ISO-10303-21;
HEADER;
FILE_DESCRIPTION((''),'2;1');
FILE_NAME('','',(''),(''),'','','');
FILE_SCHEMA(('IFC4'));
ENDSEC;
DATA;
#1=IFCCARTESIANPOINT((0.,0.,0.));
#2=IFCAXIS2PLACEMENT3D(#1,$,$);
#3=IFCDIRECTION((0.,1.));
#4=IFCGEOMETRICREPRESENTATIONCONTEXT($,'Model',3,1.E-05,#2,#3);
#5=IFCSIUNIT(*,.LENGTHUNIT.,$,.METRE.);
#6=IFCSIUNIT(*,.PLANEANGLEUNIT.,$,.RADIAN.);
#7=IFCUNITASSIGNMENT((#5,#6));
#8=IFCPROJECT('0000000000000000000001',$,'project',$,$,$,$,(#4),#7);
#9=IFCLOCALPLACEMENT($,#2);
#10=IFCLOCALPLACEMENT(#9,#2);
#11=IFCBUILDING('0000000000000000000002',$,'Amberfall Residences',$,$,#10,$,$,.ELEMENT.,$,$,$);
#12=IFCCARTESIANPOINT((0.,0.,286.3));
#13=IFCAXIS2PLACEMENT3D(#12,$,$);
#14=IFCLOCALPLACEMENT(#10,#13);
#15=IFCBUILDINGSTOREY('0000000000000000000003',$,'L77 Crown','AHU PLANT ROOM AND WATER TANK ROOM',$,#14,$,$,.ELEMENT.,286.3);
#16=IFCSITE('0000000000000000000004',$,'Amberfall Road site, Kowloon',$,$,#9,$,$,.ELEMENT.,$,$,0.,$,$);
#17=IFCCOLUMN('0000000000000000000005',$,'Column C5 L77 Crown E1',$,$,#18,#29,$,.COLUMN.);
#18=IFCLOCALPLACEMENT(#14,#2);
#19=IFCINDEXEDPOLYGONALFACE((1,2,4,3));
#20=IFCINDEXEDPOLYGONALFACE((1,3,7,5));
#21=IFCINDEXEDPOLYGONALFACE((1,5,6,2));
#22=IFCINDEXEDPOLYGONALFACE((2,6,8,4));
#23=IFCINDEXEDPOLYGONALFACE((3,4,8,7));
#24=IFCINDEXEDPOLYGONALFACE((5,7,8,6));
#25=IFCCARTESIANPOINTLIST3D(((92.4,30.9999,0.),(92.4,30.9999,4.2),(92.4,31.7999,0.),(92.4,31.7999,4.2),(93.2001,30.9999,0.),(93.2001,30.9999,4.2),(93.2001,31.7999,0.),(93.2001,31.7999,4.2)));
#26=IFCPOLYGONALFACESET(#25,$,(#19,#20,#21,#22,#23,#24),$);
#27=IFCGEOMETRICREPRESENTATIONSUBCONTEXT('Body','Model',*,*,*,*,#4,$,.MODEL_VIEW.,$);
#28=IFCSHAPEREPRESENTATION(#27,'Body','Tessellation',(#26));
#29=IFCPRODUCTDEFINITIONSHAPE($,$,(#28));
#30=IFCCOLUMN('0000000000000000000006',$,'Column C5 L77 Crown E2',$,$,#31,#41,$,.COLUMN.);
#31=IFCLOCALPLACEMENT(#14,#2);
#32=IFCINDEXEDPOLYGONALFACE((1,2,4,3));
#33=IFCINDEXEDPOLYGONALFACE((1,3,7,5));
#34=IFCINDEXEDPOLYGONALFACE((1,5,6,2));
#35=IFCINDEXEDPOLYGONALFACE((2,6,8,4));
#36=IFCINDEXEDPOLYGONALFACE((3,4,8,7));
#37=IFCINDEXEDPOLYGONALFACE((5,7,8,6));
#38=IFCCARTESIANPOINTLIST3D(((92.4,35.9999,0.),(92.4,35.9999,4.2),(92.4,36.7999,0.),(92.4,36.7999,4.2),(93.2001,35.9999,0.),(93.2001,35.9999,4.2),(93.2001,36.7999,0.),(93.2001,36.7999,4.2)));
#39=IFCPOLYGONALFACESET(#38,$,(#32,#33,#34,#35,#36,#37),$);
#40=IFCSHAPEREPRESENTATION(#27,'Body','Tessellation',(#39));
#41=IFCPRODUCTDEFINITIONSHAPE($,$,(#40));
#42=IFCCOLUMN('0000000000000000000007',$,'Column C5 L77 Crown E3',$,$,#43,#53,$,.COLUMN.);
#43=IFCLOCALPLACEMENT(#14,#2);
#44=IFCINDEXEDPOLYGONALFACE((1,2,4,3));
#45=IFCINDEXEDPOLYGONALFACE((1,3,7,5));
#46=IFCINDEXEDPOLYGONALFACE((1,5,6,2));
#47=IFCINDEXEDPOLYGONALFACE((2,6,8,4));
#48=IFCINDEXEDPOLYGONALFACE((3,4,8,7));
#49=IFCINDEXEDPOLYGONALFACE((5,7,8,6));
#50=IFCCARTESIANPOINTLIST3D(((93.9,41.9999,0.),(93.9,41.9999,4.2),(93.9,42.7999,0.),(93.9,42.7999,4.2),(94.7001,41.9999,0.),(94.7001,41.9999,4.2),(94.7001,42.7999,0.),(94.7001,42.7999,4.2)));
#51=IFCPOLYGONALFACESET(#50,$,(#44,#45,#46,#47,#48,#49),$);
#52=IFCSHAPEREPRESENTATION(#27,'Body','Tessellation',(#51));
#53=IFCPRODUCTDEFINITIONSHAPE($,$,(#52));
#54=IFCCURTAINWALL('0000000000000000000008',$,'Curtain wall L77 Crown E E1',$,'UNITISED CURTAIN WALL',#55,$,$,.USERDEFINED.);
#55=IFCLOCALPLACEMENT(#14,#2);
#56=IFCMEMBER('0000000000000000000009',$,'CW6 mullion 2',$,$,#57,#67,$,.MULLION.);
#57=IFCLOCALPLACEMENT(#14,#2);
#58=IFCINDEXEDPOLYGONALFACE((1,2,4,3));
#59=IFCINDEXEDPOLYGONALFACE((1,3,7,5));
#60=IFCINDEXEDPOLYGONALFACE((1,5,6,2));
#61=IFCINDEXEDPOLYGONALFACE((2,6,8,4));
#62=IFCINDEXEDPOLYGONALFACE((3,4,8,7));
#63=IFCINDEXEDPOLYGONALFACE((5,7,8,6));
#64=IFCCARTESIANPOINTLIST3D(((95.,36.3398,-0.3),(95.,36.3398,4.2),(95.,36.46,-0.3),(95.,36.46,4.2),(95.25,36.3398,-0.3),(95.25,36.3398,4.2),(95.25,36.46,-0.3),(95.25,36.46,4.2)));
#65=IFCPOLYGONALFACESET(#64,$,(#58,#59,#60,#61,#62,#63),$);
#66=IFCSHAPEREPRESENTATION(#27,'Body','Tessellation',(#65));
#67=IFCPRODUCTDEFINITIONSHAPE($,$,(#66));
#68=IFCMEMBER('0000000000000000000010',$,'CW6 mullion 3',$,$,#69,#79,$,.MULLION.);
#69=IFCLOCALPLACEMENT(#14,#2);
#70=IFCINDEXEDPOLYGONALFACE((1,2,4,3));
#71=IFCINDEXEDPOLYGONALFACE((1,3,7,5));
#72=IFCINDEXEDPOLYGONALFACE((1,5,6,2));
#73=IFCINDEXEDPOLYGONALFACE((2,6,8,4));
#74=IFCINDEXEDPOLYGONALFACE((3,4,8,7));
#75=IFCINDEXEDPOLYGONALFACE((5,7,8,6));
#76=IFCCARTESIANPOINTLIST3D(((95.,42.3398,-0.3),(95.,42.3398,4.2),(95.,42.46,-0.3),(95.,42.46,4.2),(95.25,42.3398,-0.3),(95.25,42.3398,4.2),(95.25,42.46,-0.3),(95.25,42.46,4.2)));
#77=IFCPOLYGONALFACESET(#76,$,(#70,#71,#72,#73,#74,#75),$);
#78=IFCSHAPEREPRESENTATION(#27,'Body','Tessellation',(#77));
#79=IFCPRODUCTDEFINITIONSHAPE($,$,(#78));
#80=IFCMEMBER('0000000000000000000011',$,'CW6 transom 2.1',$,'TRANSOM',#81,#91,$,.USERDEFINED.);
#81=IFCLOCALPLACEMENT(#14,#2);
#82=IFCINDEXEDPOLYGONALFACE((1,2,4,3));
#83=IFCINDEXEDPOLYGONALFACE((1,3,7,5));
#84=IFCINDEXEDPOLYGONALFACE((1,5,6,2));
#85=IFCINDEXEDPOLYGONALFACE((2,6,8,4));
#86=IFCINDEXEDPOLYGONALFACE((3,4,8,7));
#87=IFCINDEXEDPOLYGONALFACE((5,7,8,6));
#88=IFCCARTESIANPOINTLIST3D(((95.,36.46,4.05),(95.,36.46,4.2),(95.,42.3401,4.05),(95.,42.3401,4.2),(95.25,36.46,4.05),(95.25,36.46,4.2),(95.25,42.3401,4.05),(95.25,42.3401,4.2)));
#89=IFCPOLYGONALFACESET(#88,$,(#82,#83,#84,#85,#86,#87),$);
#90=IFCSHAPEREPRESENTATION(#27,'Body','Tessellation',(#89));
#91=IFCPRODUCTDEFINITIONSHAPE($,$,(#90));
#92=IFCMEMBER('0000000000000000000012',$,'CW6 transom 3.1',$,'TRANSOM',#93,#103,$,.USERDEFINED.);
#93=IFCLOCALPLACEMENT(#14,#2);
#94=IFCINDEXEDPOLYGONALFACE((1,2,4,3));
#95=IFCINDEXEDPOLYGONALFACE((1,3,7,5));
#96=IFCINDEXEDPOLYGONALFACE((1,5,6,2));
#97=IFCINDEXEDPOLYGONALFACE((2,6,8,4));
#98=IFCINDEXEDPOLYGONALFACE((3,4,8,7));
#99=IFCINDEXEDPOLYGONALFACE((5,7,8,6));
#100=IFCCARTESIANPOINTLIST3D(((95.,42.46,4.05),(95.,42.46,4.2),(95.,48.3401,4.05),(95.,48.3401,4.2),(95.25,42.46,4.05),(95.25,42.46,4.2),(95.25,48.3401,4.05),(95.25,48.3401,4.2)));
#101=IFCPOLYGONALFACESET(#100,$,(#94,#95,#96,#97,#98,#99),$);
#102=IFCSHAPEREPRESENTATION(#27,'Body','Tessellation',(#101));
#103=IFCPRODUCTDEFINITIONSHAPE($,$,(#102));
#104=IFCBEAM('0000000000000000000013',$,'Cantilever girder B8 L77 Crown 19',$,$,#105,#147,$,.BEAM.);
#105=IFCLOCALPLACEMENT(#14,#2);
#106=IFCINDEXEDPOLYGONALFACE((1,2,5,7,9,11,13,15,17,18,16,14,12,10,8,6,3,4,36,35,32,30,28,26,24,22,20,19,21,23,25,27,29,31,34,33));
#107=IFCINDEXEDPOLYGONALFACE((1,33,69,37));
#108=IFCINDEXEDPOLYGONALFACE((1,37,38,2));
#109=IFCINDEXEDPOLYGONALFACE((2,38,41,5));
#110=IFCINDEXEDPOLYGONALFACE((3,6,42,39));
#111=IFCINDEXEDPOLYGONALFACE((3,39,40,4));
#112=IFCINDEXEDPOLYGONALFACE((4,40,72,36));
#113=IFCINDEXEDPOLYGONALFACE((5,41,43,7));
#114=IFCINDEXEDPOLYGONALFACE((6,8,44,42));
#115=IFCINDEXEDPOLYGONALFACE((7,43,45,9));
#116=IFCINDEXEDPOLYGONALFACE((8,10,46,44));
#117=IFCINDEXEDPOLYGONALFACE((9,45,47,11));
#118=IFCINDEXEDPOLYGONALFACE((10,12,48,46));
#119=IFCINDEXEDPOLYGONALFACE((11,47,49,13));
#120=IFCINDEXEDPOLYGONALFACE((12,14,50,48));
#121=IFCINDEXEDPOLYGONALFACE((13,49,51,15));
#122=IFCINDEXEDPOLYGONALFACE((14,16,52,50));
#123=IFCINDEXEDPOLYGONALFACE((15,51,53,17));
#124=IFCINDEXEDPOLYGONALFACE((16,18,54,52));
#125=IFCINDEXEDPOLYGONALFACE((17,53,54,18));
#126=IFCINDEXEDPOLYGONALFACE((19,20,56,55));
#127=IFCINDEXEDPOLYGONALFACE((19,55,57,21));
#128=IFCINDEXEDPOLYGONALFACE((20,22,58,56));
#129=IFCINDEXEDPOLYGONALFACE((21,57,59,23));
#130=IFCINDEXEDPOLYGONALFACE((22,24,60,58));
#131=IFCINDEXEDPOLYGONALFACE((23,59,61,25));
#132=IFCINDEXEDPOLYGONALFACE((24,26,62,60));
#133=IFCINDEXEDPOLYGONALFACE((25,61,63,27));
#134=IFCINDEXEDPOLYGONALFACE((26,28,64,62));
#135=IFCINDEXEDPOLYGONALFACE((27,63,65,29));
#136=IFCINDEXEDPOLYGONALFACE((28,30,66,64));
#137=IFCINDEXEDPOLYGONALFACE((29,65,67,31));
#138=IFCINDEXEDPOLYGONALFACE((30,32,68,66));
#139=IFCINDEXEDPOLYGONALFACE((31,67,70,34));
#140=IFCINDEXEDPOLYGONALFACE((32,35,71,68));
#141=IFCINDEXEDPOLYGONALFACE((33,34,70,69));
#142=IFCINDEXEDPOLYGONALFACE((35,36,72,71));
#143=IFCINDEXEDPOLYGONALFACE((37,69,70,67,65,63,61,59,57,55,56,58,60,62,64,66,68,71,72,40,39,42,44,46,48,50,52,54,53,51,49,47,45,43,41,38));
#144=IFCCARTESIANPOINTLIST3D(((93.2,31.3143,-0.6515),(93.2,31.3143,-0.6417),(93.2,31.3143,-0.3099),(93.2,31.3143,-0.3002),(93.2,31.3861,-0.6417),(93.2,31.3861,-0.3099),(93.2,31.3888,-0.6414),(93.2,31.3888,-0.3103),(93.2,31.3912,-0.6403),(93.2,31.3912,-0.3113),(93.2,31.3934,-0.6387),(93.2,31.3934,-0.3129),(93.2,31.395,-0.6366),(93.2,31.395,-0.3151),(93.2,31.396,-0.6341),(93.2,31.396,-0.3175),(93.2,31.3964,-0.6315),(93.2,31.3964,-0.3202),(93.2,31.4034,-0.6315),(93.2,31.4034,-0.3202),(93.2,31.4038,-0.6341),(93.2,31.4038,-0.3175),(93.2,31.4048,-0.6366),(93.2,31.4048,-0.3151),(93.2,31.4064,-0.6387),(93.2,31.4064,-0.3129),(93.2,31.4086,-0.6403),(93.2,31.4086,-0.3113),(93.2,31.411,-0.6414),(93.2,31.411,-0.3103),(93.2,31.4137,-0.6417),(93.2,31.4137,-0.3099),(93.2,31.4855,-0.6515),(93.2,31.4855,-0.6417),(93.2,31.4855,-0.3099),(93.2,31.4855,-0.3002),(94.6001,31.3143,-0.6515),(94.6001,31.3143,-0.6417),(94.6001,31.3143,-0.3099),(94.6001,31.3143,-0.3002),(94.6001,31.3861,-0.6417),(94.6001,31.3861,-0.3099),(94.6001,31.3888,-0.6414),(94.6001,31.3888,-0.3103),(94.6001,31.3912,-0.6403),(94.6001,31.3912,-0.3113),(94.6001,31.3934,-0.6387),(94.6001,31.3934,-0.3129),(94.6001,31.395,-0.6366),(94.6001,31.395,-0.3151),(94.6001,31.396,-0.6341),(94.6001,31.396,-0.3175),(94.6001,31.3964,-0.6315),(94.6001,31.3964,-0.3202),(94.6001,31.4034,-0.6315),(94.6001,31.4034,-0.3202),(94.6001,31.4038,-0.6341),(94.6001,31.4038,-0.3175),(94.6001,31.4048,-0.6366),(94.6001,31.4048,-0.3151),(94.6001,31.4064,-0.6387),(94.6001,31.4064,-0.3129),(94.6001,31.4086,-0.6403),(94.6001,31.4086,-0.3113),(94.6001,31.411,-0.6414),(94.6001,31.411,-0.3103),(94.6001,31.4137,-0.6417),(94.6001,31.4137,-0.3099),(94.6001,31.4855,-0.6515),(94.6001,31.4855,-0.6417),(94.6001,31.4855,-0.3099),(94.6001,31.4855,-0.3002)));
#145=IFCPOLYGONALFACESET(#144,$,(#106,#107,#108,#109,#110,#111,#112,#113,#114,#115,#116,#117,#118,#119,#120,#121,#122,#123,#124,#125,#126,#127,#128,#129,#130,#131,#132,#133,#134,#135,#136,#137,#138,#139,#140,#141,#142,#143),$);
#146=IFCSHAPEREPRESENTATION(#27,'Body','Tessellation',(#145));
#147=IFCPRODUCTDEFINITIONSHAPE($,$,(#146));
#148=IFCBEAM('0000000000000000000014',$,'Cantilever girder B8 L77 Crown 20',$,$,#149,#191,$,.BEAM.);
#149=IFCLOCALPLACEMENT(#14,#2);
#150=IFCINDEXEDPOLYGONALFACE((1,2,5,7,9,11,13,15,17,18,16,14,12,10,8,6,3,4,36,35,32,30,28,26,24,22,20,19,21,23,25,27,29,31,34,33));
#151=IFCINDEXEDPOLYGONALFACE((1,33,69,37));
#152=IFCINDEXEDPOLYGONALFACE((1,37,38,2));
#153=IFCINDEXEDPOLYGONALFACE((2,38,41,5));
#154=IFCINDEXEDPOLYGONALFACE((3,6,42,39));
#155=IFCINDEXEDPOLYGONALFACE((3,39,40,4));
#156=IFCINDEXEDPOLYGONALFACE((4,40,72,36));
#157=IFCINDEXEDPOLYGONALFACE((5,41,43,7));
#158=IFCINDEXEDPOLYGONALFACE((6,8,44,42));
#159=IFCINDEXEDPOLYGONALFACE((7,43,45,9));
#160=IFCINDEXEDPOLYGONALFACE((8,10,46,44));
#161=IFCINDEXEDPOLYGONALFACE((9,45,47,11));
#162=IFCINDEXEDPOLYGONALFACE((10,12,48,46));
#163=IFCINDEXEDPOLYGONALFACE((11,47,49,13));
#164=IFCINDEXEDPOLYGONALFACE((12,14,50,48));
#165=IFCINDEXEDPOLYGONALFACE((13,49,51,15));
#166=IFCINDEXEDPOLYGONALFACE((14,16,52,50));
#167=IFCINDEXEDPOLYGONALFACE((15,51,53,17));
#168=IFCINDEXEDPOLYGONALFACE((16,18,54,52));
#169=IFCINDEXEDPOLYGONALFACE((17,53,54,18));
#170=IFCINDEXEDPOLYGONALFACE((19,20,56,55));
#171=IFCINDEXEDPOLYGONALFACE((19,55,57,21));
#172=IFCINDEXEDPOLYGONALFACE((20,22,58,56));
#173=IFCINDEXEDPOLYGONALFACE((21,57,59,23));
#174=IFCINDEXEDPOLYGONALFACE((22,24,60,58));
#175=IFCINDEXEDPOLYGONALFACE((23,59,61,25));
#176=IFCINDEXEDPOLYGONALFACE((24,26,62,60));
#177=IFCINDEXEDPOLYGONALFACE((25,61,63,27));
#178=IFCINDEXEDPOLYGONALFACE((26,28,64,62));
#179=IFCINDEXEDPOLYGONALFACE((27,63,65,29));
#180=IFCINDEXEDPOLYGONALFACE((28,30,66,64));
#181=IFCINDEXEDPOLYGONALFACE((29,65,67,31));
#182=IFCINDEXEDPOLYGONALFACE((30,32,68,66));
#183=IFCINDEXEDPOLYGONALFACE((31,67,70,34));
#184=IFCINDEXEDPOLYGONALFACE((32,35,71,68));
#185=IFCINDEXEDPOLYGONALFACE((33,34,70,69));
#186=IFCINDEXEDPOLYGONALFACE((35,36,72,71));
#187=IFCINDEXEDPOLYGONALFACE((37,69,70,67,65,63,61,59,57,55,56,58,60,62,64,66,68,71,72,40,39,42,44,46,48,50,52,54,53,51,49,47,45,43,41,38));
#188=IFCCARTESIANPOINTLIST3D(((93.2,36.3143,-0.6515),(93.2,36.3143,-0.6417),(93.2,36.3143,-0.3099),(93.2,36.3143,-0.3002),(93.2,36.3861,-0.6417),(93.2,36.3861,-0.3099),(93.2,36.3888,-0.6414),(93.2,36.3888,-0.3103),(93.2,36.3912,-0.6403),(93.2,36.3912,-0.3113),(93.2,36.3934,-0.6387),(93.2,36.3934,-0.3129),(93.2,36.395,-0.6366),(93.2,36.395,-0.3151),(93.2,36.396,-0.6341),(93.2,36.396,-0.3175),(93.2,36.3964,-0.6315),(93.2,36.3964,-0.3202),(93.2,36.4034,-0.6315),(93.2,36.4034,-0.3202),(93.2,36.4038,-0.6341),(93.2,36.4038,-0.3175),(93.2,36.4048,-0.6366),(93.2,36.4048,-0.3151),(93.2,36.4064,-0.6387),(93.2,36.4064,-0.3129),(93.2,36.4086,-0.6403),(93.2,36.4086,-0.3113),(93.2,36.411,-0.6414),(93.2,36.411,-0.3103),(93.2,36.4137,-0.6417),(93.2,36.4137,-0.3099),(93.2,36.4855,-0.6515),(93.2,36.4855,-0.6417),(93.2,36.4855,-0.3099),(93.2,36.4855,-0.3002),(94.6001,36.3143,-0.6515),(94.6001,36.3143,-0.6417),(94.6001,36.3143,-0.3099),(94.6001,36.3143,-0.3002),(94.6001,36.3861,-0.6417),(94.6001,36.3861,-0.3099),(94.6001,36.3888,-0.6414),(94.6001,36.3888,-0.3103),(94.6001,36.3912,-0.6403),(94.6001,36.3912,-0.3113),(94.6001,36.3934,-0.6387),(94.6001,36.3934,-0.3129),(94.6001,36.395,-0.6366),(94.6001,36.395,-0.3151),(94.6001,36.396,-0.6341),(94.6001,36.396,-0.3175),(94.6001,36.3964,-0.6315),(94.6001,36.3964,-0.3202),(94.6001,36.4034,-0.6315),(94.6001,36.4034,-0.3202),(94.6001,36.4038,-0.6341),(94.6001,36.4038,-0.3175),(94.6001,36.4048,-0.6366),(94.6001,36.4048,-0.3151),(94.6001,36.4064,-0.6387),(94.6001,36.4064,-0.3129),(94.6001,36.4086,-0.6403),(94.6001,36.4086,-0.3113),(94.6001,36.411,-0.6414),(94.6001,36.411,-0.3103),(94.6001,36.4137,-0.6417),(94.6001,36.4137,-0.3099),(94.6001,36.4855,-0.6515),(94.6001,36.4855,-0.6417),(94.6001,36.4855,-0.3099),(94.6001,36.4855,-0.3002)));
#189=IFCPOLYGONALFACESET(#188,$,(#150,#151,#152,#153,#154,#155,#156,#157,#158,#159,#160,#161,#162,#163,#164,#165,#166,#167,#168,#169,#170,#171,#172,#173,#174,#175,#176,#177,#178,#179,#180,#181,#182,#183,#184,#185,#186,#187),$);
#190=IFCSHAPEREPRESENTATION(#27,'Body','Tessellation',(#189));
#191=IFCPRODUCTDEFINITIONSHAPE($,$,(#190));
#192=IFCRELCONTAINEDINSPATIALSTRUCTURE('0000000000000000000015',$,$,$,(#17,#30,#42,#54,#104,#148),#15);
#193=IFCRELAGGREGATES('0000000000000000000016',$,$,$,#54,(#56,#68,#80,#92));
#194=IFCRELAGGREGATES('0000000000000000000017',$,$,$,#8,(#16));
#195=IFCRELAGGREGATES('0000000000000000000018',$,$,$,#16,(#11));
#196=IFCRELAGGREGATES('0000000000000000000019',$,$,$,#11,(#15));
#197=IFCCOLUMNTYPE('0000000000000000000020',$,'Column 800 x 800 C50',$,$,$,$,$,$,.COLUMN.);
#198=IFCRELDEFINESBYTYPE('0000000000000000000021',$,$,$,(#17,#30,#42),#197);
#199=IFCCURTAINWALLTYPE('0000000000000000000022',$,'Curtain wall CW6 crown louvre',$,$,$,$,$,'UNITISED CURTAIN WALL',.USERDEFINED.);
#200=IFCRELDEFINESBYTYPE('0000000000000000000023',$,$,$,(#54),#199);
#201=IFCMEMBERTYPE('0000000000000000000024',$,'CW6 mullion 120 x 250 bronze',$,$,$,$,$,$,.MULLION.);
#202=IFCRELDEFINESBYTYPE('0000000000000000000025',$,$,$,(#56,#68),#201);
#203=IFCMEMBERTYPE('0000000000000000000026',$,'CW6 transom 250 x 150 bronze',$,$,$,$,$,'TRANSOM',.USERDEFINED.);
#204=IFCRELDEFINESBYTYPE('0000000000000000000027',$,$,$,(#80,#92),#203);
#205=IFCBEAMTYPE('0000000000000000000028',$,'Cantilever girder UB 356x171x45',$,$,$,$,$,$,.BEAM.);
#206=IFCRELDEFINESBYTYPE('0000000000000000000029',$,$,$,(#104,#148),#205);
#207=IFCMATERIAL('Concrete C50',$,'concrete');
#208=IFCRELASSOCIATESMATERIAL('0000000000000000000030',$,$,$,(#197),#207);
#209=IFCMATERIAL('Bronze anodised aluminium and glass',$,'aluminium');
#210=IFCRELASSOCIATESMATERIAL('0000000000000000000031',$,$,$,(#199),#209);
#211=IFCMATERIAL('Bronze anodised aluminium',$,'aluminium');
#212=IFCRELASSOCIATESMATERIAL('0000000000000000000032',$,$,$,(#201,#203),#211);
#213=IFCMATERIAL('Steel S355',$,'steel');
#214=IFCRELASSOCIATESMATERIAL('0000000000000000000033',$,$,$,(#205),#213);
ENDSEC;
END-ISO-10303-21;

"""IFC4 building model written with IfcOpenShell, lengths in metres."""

from ifc_helpers import new_model, si_unit, direction, frame, origin, origin_2d, place, context, subcontext, project, spatial, rectangle, i_section, extrude, material, material_profile, profile_set, type_object, element, aggregate, save


model = new_model("IFC4")

# Units and contexts
model_context = context("Model", 3, precision=1e-05, world=origin(), true_north=direction((0.0, 1.0)))
body_context = subcontext(model_context, "Body", "Model", "MODEL_VIEW")
ifc_project = project(units=[si_unit("LENGTHUNIT", "METRE"), si_unit("PLANEANGLEUNIT", "RADIAN")], contexts=[model_context])

# Site, building, storey
site_placement = place(None, origin())
site = spatial("IfcSite", under=ifc_project, at=site_placement, Name="Amberfall Road site, Kowloon", CompositionType="ELEMENT", RefElevation=0.0)
building_placement = place(site_placement, origin())
building = spatial("IfcBuilding", under=site, at=building_placement, Name="Amberfall Residences", CompositionType="ELEMENT")
storey_placement = place(building_placement, frame((0.0, 0.0, 286.3)))
storey = spatial("IfcBuildingStorey", under=building, at=storey_placement, Name="L77 Crown", Description="AHU PLANT ROOM AND WATER TANK ROOM", CompositionType="ELEMENT", Elevation=286.3)

# Columns
ifc_material_1 = material(Name="Concrete C50", Category="concrete")
ifc_material_profile_1 = material_profile(ifc_material_1, rectangle(XDim=0.8, YDim=0.8, at=origin_2d()), Name="Column 800 x 800 C50")
ifc_profile_set_1 = profile_set([ifc_material_profile_1], Name="Concrete C50")
column_type = type_object("IfcColumnType", Name="Column 800 x 800 C50", PredefinedType="COLUMN", material=ifc_profile_set_1)
for number, where, z_axis, x_axis, name in (
    (1, (92.8, 31.3999, 0.0), (0.0, 0.0, 1.0), (1.0, 0.0, 0.0), "Column C5 L77 Crown E1"),
    (2, (92.8, 36.3999, 0.0), (0.0, 0.0, 1.0), (1.0, 0.0, 0.0), "Column C5 L77 Crown E2"),
    (3, (94.3, 42.3999, 0.0), (0.0, 0.0, 1.0), (1.0, 0.0, 0.0), "Column C5 L77 Crown E3"),
):
    element("IfcColumn", number, at=place(storey_placement, frame(where, z_axis=z_axis, x_axis=x_axis)), inside=storey, type_object=column_type, Name=name, PredefinedType="COLUMN", context=body_context, shape_type="SweptSolid", body=[
        extrude(rectangle(XDim=0.8, YDim=0.8, at=origin_2d()), origin(), (0.0, 0.0, 1.0), 4.2),
    ])

# Curtain wall, members
ifc_material_2 = material(Name="Bronze anodised aluminium and glass", Category="aluminium")
curtain_wall_type = type_object("IfcCurtainWallType", Name="Curtain wall CW6 crown louvre", ElementType="UNITISED CURTAIN WALL", PredefinedType="USERDEFINED", material=ifc_material_2)
curtain_wall_placement = place(storey_placement, origin())
curtain_wall = element("IfcCurtainWall", 4, at=curtain_wall_placement, inside=storey, type_object=curtain_wall_type, Name="Curtain wall L77 Crown E E1", ObjectType="UNITISED CURTAIN WALL", PredefinedType="USERDEFINED")
ifc_material_3 = material(Name="Bronze anodised aluminium", Category="aluminium")
ifc_material_profile_2 = material_profile(ifc_material_3, rectangle(XDim=0.25, YDim=0.1201, at=origin_2d()), Name="CW6 mullion 120 x 250 bronze")
ifc_profile_set_2 = profile_set([ifc_material_profile_2], Name="Bronze anodised aluminium")
member_type_1 = type_object("IfcMemberType", Name="CW6 mullion 120 x 250 bronze", PredefinedType="MULLION", material=ifc_profile_set_2)
member_1_placement = place(storey_placement, frame((95.125, 36.3999, -0.3), z_axis=(0.0, 0.0, 1.0), x_axis=(-1.0, 0.0, 0.0)))
member_1 = element("IfcMember", 5, at=member_1_placement, type_object=member_type_1, Name="CW6 mullion 2", PredefinedType="MULLION", context=body_context, shape_type="SweptSolid", body=[
    extrude(rectangle(XDim=0.25, YDim=0.1201, at=origin_2d()), origin(), (0.0, 0.0, 1.0), 4.5),
])
member_2_placement = place(storey_placement, frame((95.125, 42.3999, -0.3), z_axis=(0.0, 0.0, 1.0), x_axis=(-1.0, 0.0, 0.0)))
member_2 = element("IfcMember", 6, at=member_2_placement, type_object=member_type_1, Name="CW6 mullion 3", PredefinedType="MULLION", context=body_context, shape_type="SweptSolid", body=[
    extrude(rectangle(XDim=0.25, YDim=0.1201, at=origin_2d()), origin(), (0.0, 0.0, 1.0), 4.5),
])
ifc_material_profile_3 = material_profile(ifc_material_3, rectangle(XDim=0.25, YDim=0.1499, at=origin_2d()), Name="CW6 transom 250 x 150 bronze")
ifc_profile_set_3 = profile_set([ifc_material_profile_3], Name="Bronze anodised aluminium")
member_type_2 = type_object("IfcMemberType", Name="CW6 transom 250 x 150 bronze", ElementType="TRANSOM", PredefinedType="USERDEFINED", material=ifc_profile_set_3)
member_3_placement = place(storey_placement, frame((95.125, 36.46, 4.125), z_axis=(0.0, 1.0, 0.0), x_axis=(-1.0, 0.0, 0.0)))
member_3 = element("IfcMember", 7, at=member_3_placement, type_object=member_type_2, Name="CW6 transom 2.1", ObjectType="TRANSOM", PredefinedType="USERDEFINED", context=body_context, shape_type="SweptSolid", body=[
    extrude(rectangle(XDim=0.25, YDim=0.1499, at=origin_2d()), origin(), (0.0, 0.0, 1.0), 5.8801),
])
member_4_placement = place(storey_placement, frame((95.125, 42.46, 4.125), z_axis=(0.0, 1.0, 0.0), x_axis=(-1.0, 0.0, 0.0)))
member_4 = element("IfcMember", 8, at=member_4_placement, type_object=member_type_2, Name="CW6 transom 3.1", ObjectType="TRANSOM", PredefinedType="USERDEFINED", context=body_context, shape_type="SweptSolid", body=[
    extrude(rectangle(XDim=0.25, YDim=0.1499, at=origin_2d()), origin(), (0.0, 0.0, 1.0), 5.8801),
])

# Beams
ifc_material_4 = material(Name="Steel S355", Category="steel")
ifc_material_profile_4 = material_profile(ifc_material_4, i_section(OverallWidth=0.1711, OverallDepth=0.3513, WebThickness=0.0071, FlangeThickness=0.0098, FilletRadius=0.0103, at=origin_2d()), Name="UB 356x171x45")
ifc_profile_set_4 = profile_set([ifc_material_profile_4], Name="Steel S355")
beam_type_1 = type_object("IfcBeamType", Name="Cantilever girder UB 356x171x45", PredefinedType="BEAM", material=ifc_profile_set_4)
for number, where, z_axis, x_axis, name in (
    (9, (93.2, 31.3999, -0.4758), (1.0, 0.0, 0.0), (0.0, 1.0, 0.0), "Cantilever girder B8 L77 Crown 19"),
    (10, (93.2, 36.3999, -0.4758), (1.0, 0.0, 0.0), (0.0, 1.0, 0.0), "Cantilever girder B8 L77 Crown 20"),
):
    element("IfcBeam", number, at=place(storey_placement, frame(where, z_axis=z_axis, x_axis=x_axis)), inside=storey, type_object=beam_type_1, Name=name, PredefinedType="BEAM", context=body_context, shape_type="SweptSolid", body=[
        extrude(i_section(OverallWidth=0.1711, OverallDepth=0.3513, WebThickness=0.0071, FlangeThickness=0.0098, FilletRadius=0.0103, at=origin_2d()), origin(), (0.0, 0.0, 1.0), 1.4001),
    ])

aggregate(curtain_wall, [member_1, member_2, member_3, member_4])

save(model, "model.ifc")
